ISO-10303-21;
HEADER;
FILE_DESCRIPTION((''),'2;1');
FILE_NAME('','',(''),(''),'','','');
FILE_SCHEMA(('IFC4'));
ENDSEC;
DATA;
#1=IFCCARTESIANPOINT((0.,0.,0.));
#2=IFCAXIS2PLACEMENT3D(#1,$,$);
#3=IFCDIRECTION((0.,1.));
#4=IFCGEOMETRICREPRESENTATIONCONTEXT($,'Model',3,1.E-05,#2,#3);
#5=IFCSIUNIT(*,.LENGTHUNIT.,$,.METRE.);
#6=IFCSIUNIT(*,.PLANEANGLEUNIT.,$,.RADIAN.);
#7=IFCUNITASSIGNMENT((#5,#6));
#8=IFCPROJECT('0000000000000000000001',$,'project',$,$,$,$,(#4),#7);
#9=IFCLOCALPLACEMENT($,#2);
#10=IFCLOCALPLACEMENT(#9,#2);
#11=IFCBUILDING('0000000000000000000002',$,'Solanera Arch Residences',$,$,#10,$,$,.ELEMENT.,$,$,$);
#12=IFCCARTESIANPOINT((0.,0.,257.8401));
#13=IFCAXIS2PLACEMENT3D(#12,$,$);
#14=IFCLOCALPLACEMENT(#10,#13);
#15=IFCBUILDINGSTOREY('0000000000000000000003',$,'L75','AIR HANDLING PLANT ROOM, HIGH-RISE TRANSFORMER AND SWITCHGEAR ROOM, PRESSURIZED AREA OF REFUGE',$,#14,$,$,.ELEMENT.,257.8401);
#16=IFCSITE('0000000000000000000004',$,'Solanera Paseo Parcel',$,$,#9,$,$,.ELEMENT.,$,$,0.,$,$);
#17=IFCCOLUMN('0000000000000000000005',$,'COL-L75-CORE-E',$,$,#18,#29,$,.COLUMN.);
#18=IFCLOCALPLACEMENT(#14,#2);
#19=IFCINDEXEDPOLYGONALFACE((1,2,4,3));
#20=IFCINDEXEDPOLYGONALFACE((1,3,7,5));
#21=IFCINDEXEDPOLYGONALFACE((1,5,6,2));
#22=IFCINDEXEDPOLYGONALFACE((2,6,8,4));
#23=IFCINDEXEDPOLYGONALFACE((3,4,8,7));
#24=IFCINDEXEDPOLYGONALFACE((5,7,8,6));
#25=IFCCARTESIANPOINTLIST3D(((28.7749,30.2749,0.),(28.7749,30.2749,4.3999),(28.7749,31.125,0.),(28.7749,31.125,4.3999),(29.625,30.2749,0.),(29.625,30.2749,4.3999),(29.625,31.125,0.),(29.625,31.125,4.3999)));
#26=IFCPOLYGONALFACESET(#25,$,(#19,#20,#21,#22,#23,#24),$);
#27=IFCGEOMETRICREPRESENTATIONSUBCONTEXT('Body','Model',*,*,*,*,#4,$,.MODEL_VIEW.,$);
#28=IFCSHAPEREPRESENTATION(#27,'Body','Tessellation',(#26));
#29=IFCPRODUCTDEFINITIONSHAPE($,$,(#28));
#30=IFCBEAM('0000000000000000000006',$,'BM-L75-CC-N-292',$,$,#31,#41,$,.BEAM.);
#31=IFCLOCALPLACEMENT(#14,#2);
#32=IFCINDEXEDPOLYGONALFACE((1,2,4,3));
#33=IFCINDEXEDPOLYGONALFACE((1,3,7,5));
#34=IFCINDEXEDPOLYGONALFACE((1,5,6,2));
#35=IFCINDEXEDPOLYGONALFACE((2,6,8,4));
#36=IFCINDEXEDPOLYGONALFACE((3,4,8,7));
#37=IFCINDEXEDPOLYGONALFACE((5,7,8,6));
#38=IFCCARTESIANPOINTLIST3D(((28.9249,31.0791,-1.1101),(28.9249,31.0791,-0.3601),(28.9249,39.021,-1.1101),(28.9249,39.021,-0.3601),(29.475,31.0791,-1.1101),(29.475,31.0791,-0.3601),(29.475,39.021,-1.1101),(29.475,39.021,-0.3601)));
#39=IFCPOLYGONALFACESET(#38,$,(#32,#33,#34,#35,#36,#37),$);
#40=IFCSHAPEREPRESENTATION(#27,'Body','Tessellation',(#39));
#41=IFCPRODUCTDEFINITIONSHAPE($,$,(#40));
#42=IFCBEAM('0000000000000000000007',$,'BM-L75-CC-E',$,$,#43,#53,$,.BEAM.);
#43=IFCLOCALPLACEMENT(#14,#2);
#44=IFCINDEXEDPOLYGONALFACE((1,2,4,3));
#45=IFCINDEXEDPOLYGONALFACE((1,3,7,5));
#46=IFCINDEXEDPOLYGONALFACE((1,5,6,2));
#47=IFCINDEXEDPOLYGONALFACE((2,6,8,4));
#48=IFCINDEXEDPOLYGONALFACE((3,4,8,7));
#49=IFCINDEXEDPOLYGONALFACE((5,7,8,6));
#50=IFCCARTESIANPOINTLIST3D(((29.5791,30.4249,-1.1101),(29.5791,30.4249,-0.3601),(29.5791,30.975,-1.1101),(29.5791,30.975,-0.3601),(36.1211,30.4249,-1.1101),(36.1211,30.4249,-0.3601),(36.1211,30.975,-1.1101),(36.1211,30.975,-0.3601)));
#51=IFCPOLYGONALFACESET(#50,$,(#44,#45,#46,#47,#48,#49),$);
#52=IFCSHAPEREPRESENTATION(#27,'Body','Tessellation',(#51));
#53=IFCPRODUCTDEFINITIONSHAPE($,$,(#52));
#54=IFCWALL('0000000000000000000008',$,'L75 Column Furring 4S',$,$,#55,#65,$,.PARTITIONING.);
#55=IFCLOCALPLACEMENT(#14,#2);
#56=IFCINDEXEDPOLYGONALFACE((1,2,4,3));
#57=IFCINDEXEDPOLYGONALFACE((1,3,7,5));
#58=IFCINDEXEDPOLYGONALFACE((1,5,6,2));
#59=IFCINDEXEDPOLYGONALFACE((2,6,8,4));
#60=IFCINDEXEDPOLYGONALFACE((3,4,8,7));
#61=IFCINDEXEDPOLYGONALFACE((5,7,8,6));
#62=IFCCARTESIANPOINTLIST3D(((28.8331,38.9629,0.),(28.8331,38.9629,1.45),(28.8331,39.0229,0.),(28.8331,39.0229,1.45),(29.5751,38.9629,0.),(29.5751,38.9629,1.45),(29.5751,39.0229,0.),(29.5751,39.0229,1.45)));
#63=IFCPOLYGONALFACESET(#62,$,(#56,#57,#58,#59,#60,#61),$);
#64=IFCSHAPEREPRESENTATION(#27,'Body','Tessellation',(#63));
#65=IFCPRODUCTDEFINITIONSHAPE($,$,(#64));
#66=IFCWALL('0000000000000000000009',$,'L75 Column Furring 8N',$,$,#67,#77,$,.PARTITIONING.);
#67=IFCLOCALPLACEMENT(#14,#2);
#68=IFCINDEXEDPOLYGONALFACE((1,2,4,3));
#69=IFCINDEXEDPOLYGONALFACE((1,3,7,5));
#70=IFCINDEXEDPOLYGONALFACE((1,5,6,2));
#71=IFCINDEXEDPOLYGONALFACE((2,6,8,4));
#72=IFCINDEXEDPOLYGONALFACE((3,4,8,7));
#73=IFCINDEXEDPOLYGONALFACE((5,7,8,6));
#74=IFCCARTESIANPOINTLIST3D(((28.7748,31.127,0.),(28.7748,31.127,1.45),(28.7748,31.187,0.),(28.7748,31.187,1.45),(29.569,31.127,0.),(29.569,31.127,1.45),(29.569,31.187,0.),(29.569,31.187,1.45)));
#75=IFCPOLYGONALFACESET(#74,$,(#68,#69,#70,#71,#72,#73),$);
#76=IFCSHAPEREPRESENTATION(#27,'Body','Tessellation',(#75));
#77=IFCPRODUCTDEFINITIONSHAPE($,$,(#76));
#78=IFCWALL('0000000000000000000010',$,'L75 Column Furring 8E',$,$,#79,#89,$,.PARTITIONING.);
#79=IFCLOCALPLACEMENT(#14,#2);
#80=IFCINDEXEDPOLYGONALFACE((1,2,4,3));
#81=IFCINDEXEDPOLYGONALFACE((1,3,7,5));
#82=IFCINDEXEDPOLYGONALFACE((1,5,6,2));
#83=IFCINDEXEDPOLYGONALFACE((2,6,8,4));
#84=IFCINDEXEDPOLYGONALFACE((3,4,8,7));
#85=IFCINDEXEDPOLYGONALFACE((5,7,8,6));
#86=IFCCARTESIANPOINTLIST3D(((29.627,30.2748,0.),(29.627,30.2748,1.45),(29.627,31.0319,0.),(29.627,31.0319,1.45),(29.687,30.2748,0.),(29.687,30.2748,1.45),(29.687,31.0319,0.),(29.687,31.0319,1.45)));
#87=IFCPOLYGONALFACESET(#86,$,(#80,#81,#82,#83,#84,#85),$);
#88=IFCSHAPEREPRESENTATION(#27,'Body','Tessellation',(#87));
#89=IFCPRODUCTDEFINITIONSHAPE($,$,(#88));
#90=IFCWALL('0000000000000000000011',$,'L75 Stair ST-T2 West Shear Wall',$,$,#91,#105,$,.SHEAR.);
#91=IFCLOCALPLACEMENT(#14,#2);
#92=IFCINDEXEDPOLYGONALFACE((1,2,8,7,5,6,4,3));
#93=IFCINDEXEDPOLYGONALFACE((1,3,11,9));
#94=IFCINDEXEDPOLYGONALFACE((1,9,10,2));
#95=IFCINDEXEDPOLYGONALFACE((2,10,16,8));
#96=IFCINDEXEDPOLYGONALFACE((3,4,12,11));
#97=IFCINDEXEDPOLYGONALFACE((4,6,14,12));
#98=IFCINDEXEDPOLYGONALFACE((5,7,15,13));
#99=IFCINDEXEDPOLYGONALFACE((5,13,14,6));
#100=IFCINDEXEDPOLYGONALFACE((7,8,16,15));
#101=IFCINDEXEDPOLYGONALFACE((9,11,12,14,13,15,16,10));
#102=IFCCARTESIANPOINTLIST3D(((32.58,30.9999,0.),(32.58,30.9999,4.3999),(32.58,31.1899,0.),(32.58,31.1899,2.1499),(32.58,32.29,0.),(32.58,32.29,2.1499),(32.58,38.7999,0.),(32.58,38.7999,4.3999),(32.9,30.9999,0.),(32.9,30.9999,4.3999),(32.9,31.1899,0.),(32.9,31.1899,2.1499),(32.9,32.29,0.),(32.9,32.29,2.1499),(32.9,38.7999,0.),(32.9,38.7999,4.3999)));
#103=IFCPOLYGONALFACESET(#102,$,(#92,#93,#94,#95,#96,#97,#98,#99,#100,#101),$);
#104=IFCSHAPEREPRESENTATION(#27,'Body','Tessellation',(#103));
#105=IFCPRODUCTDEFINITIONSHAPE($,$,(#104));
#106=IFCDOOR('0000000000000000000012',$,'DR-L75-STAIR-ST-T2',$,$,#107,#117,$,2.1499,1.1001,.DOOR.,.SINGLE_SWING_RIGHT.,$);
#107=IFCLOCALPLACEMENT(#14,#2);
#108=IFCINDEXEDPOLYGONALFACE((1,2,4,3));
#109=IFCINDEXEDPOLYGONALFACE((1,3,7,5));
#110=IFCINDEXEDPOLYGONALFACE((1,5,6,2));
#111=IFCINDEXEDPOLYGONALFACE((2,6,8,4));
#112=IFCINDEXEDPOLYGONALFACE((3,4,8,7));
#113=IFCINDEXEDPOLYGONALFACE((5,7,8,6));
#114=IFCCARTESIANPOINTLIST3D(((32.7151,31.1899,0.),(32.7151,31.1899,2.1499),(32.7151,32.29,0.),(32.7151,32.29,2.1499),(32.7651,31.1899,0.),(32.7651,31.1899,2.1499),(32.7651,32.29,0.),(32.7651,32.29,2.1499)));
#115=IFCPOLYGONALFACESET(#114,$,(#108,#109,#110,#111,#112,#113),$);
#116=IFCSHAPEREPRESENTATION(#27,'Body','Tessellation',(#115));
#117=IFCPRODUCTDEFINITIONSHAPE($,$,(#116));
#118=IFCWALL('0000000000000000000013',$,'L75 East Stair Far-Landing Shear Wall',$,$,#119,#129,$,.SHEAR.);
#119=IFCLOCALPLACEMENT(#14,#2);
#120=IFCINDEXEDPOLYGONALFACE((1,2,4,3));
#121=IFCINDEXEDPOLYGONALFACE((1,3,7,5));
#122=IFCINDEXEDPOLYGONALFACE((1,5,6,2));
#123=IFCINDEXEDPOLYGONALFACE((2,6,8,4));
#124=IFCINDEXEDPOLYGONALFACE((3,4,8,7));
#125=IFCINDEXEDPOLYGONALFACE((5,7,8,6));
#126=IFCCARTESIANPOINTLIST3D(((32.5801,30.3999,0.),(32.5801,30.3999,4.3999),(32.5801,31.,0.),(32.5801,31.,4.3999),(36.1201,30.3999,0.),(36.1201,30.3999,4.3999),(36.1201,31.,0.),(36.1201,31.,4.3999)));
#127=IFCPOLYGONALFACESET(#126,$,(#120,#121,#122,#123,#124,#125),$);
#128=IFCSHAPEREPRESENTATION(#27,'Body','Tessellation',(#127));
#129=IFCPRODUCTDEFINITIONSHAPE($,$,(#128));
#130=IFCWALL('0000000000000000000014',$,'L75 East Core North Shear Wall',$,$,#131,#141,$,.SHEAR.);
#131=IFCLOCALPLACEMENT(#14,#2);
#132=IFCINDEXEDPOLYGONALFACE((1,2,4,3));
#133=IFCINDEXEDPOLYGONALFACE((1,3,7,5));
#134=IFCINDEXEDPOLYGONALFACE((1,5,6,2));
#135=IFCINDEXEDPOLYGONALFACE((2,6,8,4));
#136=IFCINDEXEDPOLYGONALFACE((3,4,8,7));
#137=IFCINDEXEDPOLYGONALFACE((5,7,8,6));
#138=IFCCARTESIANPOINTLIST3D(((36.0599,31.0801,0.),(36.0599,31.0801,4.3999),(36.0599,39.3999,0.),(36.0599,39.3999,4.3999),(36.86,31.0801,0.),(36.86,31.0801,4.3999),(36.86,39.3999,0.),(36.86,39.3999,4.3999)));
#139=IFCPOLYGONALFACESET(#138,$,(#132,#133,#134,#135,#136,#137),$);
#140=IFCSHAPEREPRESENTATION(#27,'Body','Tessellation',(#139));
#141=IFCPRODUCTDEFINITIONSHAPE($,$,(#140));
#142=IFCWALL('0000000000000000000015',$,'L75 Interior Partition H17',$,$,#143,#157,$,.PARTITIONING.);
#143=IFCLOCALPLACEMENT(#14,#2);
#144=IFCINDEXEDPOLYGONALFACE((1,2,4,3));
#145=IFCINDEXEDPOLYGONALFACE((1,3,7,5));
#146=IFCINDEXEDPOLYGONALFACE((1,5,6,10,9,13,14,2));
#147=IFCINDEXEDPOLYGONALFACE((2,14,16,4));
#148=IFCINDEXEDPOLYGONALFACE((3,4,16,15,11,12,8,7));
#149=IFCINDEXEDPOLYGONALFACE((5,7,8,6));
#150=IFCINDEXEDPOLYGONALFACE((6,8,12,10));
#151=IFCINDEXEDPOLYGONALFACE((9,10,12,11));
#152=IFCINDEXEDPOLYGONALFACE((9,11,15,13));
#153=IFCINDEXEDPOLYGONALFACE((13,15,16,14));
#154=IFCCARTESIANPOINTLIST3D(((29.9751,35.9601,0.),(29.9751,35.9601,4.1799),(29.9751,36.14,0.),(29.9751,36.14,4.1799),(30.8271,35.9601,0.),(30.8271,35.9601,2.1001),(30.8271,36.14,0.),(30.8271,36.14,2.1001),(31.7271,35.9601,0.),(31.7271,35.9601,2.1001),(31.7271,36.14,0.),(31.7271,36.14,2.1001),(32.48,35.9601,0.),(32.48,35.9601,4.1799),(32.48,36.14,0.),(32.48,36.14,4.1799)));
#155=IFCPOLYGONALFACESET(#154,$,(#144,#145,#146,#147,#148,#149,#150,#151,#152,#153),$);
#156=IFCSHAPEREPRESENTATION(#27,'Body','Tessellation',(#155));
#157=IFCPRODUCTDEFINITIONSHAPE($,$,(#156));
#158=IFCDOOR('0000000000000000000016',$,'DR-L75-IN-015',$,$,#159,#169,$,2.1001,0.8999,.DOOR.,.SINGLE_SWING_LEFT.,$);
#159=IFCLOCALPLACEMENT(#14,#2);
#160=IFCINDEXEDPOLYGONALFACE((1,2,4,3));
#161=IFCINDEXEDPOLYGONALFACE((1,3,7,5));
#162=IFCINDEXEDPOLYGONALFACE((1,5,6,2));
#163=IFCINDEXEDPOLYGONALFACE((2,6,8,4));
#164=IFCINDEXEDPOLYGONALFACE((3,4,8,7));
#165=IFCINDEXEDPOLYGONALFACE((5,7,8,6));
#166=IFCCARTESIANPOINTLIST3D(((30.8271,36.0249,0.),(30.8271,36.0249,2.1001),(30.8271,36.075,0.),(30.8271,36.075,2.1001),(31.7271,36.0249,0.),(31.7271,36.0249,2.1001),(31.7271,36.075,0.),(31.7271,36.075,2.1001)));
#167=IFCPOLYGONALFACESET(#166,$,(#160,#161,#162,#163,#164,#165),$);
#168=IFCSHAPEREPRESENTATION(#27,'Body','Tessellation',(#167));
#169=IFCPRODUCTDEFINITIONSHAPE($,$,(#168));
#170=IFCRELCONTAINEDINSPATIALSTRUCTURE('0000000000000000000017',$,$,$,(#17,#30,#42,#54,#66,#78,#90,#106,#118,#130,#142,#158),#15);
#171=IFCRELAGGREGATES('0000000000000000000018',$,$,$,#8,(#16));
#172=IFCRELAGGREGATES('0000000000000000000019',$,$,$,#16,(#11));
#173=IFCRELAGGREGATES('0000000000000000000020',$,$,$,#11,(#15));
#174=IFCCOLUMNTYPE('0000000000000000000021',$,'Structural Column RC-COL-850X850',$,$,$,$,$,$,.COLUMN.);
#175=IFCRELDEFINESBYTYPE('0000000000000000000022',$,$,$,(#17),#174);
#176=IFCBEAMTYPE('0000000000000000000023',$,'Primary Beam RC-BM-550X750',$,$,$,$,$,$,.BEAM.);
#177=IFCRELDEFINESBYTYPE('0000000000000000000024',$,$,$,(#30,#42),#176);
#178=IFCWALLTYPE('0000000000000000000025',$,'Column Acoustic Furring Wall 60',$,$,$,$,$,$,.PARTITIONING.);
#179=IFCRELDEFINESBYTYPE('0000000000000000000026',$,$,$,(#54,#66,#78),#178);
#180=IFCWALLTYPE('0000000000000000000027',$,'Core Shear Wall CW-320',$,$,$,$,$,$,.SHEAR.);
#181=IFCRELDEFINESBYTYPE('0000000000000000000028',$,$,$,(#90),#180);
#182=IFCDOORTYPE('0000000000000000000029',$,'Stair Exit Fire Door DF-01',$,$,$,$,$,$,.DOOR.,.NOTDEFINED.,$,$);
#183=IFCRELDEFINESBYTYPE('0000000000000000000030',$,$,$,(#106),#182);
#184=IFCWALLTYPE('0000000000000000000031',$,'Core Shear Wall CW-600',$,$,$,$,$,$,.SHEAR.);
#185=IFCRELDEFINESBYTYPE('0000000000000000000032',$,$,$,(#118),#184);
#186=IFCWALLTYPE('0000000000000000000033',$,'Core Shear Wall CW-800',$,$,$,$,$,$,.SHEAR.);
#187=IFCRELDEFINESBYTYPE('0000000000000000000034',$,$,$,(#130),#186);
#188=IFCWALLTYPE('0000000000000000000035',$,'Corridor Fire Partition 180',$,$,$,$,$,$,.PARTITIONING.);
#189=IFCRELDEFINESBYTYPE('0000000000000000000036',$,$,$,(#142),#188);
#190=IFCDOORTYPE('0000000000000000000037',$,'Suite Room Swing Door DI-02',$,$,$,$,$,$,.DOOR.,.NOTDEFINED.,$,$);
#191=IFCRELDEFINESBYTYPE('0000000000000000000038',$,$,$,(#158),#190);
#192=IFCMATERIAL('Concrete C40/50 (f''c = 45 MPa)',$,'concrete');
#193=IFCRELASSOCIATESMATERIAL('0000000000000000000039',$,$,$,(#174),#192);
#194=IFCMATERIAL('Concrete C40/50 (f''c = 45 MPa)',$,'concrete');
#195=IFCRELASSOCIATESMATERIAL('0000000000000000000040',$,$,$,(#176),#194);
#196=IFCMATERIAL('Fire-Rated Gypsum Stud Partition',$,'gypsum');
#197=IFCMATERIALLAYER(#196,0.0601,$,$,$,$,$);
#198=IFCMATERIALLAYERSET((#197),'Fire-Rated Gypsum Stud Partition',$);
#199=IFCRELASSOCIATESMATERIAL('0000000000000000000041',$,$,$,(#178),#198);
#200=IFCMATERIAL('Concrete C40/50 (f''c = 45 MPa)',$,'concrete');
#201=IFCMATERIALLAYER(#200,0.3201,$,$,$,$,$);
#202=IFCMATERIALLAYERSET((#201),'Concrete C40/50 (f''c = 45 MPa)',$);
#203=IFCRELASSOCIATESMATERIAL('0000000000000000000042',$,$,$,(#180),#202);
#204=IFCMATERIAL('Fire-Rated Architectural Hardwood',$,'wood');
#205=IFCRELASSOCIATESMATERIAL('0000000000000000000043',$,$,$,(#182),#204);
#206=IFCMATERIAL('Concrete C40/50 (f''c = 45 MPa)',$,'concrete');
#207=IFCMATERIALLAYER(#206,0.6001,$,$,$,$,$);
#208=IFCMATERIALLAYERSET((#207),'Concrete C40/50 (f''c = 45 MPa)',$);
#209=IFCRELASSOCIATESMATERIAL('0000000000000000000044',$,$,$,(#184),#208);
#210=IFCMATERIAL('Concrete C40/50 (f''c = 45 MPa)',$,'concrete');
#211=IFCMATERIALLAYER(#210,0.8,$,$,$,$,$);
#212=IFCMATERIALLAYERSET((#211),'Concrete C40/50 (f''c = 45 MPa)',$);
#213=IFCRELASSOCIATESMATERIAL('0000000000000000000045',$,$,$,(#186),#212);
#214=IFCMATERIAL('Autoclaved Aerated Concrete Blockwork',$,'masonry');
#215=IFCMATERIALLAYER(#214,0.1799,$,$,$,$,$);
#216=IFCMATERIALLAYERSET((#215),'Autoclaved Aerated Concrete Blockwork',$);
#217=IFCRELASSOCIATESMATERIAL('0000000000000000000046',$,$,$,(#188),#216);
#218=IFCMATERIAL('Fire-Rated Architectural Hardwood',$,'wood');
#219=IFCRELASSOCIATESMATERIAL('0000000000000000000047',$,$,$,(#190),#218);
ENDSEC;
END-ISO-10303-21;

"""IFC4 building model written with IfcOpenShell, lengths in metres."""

from ifc_helpers import new_model, si_unit, direction, frame, frame_2d, origin, origin_2d, place, context, subcontext, project, spatial, rectangle, extrude, material, layer, layer_set, material_profile, profile_set, type_object, element, fill, save


model = new_model("IFC4")

# Units and contexts
model_context = context("Model", 3, precision=1e-05, world=origin(), true_north=direction((0.0, 1.0)))
body_context = subcontext(model_context, "Body", "Model", "MODEL_VIEW")
ifc_project = project(units=[si_unit("LENGTHUNIT", "METRE"), si_unit("PLANEANGLEUNIT", "RADIAN")], contexts=[model_context])

# Site, building, storey
site_placement = place(None, origin())
site = spatial("IfcSite", under=ifc_project, at=site_placement, Name="Solanera Paseo Parcel", CompositionType="ELEMENT", RefElevation=0.0)
building_placement = place(site_placement, origin())
building = spatial("IfcBuilding", under=site, at=building_placement, Name="Solanera Arch Residences", CompositionType="ELEMENT")
storey_placement = place(building_placement, frame((0.0, 0.0, 257.8401)))
storey = spatial("IfcBuildingStorey", under=building, at=storey_placement, Name="L75", Description="AIR HANDLING PLANT ROOM, HIGH-RISE TRANSFORMER AND SWITCHGEAR ROOM, PRESSURIZED AREA OF REFUGE", CompositionType="ELEMENT", Elevation=257.8401)

# Column
ifc_material_1 = material(Name="Concrete C40/50 (f'c = 45 MPa)", Category="concrete")
ifc_material_profile_1 = material_profile(ifc_material_1, rectangle(XDim=0.8501, YDim=0.8501, at=origin_2d()))
ifc_profile_set_1 = profile_set([ifc_material_profile_1], Name="Concrete C40/50 (f'c = 45 MPa)")
column_type = type_object("IfcColumnType", Name="Structural Column RC-COL-850X850", PredefinedType="COLUMN", material=ifc_profile_set_1)
column_placement = place(storey_placement, frame((29.2, 30.7, 0.0), z_axis=(0.0, 0.0, 1.0), x_axis=(1.0, 0.0, 0.0)))
element("IfcColumn", 1, at=column_placement, inside=storey, type_object=column_type, Name="COL-L75-CORE-E", PredefinedType="COLUMN", context=body_context, shape_type="SweptSolid", body=[
    extrude(rectangle(XDim=0.8501, YDim=0.8501, at=origin_2d()), origin(), (0.0, 0.0, 1.0), 4.3999),
])

# Beams
ifc_material_2 = material(Name="Concrete C40/50 (f'c = 45 MPa)", Category="concrete")
ifc_material_profile_2 = material_profile(ifc_material_2, rectangle(XDim=0.55, YDim=0.75, at=origin_2d()))
ifc_profile_set_2 = profile_set([ifc_material_profile_2], Name="Concrete C40/50 (f'c = 45 MPa)")
beam_type = type_object("IfcBeamType", Name="Primary Beam RC-BM-550X750", PredefinedType="BEAM", material=ifc_profile_set_2)
beam_1_placement = place(storey_placement, frame((29.2, 31.0791, -0.7351), z_axis=(0.0, 1.0, 0.0), x_axis=(-1.0, 0.0, 0.0)))
element("IfcBeam", 2, at=beam_1_placement, inside=storey, type_object=beam_type, Name="BM-L75-CC-N-292", PredefinedType="BEAM", context=body_context, shape_type="SweptSolid", body=[
    extrude(rectangle(XDim=0.55, YDim=0.75, at=origin_2d()), origin(), (0.0, 0.0, 1.0), 7.9419),
])
beam_2_placement = place(storey_placement, frame((29.5791, 30.7, -0.7351), z_axis=(1.0, 0.0, 0.0), x_axis=(0.0, 1.0, 0.0)))
element("IfcBeam", 3, at=beam_2_placement, inside=storey, type_object=beam_type, Name="BM-L75-CC-E", PredefinedType="BEAM", context=body_context, shape_type="SweptSolid", body=[
    extrude(rectangle(XDim=0.55, YDim=0.75, at=origin_2d()), origin(), (0.0, 0.0, 1.0), 6.542),
])

# Walls
ifc_material_3 = material(Name="Fire-Rated Gypsum Stud Partition", Category="gypsum")
ifc_layer_1 = layer(ifc_material_3, 0.0601)
ifc_layer_set_1 = layer_set([ifc_layer_1], Name="Fire-Rated Gypsum Stud Partition")
wall_type_1 = type_object("IfcWallType", Name="Column Acoustic Furring Wall 60", PredefinedType="PARTITIONING", material=ifc_layer_set_1)
wall_1_placement = place(storey_placement, frame((28.833, 38.9929, 0.0), z_axis=(0.0, 0.0, 1.0), x_axis=(1.0, 0.0, 0.0)))
element("IfcWall", 4, at=wall_1_placement, inside=storey, type_object=wall_type_1, Name="L75 Column Furring 4S", PredefinedType="PARTITIONING", context=body_context, shape_type="SweptSolid", body=[
    extrude(rectangle(XDim=0.7419, YDim=0.0601, at=frame_2d((0.3711, 0.0))), origin(), (0.0, 0.0, 1.0), 1.45),
])
wall_2_placement = place(storey_placement, frame((28.7749, 31.157, 0.0), z_axis=(0.0, 0.0, 1.0), x_axis=(1.0, 0.0, 0.0)))
element("IfcWall", 5, at=wall_2_placement, inside=storey, type_object=wall_type_1, Name="L75 Column Furring 8N", PredefinedType="PARTITIONING", context=body_context, shape_type="SweptSolid", body=[
    extrude(rectangle(XDim=0.7942, YDim=0.0601, at=frame_2d((0.397, 0.0))), origin(), (0.0, 0.0, 1.0), 1.45),
])
wall_3_placement = place(storey_placement, frame((29.657, 30.2749, 0.0), z_axis=(0.0, 0.0, 1.0), x_axis=(0.0, 1.0, 0.0)))
element("IfcWall", 6, at=wall_3_placement, inside=storey, type_object=wall_type_1, Name="L75 Column Furring 8E", PredefinedType="PARTITIONING", context=body_context, shape_type="SweptSolid", body=[
    extrude(rectangle(XDim=0.7571, YDim=0.0601, at=frame_2d((0.3784, 0.0))), origin(), (0.0, 0.0, 1.0), 1.45),
])

# Wall, opening, door
ifc_material_4 = material(Name="Concrete C40/50 (f'c = 45 MPa)", Category="concrete")
ifc_layer_2 = layer(ifc_material_4, 0.3201)
ifc_layer_set_2 = layer_set([ifc_layer_2], Name="Concrete C40/50 (f'c = 45 MPa)")
wall_type_2 = type_object("IfcWallType", Name="Core Shear Wall CW-320", PredefinedType="SHEAR", material=ifc_layer_set_2)
wall_4_placement = place(storey_placement, frame((32.74, 31.0, 0.0), z_axis=(0.0, 0.0, 1.0), x_axis=(0.0, 1.0, 0.0)))
wall_4 = element("IfcWall", 7, at=wall_4_placement, inside=storey, type_object=wall_type_2, Name="L75 Stair ST-T2 West Shear Wall", PredefinedType="SHEAR", context=body_context, shape_type="SweptSolid", body=[
    extrude(rectangle(XDim=7.8, YDim=0.3201, at=frame_2d((3.8999, 0.0))), origin(), (0.0, 0.0, 1.0), 4.3999),
])
opening_1_placement = place(wall_4_placement, frame((0.1899, 0.0, 0.0)))
opening_1 = element("IfcOpeningElement", 8, at=opening_1_placement, cuts=wall_4, PredefinedType="OPENING", context=body_context, shape_type="SweptSolid", body=[
    extrude(rectangle(XDim=1.1001, YDim=2.1499, at=frame_2d((0.55, 1.075))), frame((0.0, 0.1699, 0.0), z_axis=(0.0, -1.0, 0.0), x_axis=(1.0, 0.0, 0.0)), (0.0, 0.0, 1.0), 0.3401),
])
ifc_material_5 = material(Name="Fire-Rated Architectural Hardwood", Category="wood")
door_type_1 = type_object("IfcDoorType", Name="Stair Exit Fire Door DF-01", OperationType="NOTDEFINED", PredefinedType="DOOR", material=ifc_material_5)
door_1_placement = place(opening_1_placement, origin())
door_1 = element("IfcDoor", 9, at=door_1_placement, inside=storey, type_object=door_type_1, Name="DR-L75-STAIR-ST-T2", OperationType="SINGLE_SWING_RIGHT", OverallHeight=2.1499, OverallWidth=1.1001, PredefinedType="DOOR", context=body_context, shape_type="SweptSolid", body=[
    extrude(rectangle(XDim=1.1001, YDim=2.1499, at=frame_2d((0.55, 1.075))), frame((0.0, 0.0249, 0.0), z_axis=(0.0, -1.0, 0.0), x_axis=(1.0, 0.0, 0.0)), (0.0, 0.0, 1.0), 0.05),
])
fill(opening_1, door_1)

# Walls
ifc_material_6 = material(Name="Concrete C40/50 (f'c = 45 MPa)", Category="concrete")
ifc_layer_3 = layer(ifc_material_6, 0.6001)
ifc_layer_set_3 = layer_set([ifc_layer_3], Name="Concrete C40/50 (f'c = 45 MPa)")
wall_type_3 = type_object("IfcWallType", Name="Core Shear Wall CW-600", PredefinedType="SHEAR", material=ifc_layer_set_3)
wall_5_placement = place(storey_placement, frame((32.5801, 30.7, 0.0), z_axis=(0.0, 0.0, 1.0), x_axis=(1.0, 0.0, 0.0)))
element("IfcWall", 10, at=wall_5_placement, inside=storey, type_object=wall_type_3, Name="L75 East Stair Far-Landing Shear Wall", PredefinedType="SHEAR", context=body_context, shape_type="SweptSolid", body=[
    extrude(rectangle(XDim=3.54, YDim=0.6001, at=frame_2d((1.77, 0.0))), origin(), (0.0, 0.0, 1.0), 4.3999),
])
ifc_material_7 = material(Name="Concrete C40/50 (f'c = 45 MPa)", Category="concrete")
ifc_layer_4 = layer(ifc_material_7, 0.8)
ifc_layer_set_4 = layer_set([ifc_layer_4], Name="Concrete C40/50 (f'c = 45 MPa)")
wall_type_4 = type_object("IfcWallType", Name="Core Shear Wall CW-800", PredefinedType="SHEAR", material=ifc_layer_set_4)
wall_6_placement = place(storey_placement, frame((36.46, 31.0801, 0.0), z_axis=(0.0, 0.0, 1.0), x_axis=(0.0, 1.0, 0.0)))
element("IfcWall", 11, at=wall_6_placement, inside=storey, type_object=wall_type_4, Name="L75 East Core North Shear Wall", PredefinedType="SHEAR", context=body_context, shape_type="SweptSolid", body=[
    extrude(rectangle(XDim=8.3198, YDim=0.8, at=frame_2d((4.1599, 0.0))), origin(), (0.0, 0.0, 1.0), 4.3999),
])

# Wall, opening, door
ifc_material_8 = material(Name="Autoclaved Aerated Concrete Blockwork", Category="masonry")
ifc_layer_5 = layer(ifc_material_8, 0.1799)
ifc_layer_set_5 = layer_set([ifc_layer_5], Name="Autoclaved Aerated Concrete Blockwork")
wall_type_5 = type_object("IfcWallType", Name="Corridor Fire Partition 180", PredefinedType="PARTITIONING", material=ifc_layer_set_5)
wall_7_placement = place(storey_placement, frame((29.9751, 36.05, 0.0), z_axis=(0.0, 0.0, 1.0), x_axis=(1.0, 0.0, 0.0)))
wall_7 = element("IfcWall", 12, at=wall_7_placement, inside=storey, type_object=wall_type_5, Name="L75 Interior Partition H17", PredefinedType="PARTITIONING", context=body_context, shape_type="SweptSolid", body=[
    extrude(rectangle(XDim=2.5049, YDim=0.1799, at=frame_2d((1.2524, 0.0))), origin(), (0.0, 0.0, 1.0), 4.1799),
])
opening_2_placement = place(wall_7_placement, frame((0.8521, 0.0, 0.0)))
opening_2 = element("IfcOpeningElement", 13, at=opening_2_placement, cuts=wall_7, PredefinedType="OPENING", context=body_context, shape_type="SweptSolid", body=[
    extrude(rectangle(XDim=0.8999, YDim=2.1001, at=frame_2d((0.45, 1.05))), frame((0.0, 0.1001, 0.0), z_axis=(0.0, -1.0, 0.0), x_axis=(1.0, 0.0, 0.0)), (0.0, 0.0, 1.0), 0.1999),
])
ifc_material_9 = material(Name="Fire-Rated Architectural Hardwood", Category="wood")
door_type_2 = type_object("IfcDoorType", Name="Suite Room Swing Door DI-02", OperationType="NOTDEFINED", PredefinedType="DOOR", material=ifc_material_9)
door_2_placement = place(opening_2_placement, origin())
door_2 = element("IfcDoor", 14, at=door_2_placement, inside=storey, type_object=door_type_2, Name="DR-L75-IN-015", OperationType="SINGLE_SWING_LEFT", OverallHeight=2.1001, OverallWidth=0.8999, PredefinedType="DOOR", context=body_context, shape_type="SweptSolid", body=[
    extrude(rectangle(XDim=0.8999, YDim=2.1001, at=frame_2d((0.45, 1.05))), frame((0.0, 0.0249, 0.0), z_axis=(0.0, -1.0, 0.0), x_axis=(1.0, 0.0, 0.0)), (0.0, 0.0, 1.0), 0.05),
])
fill(opening_2, door_2)

save(model, "model.ifc")
